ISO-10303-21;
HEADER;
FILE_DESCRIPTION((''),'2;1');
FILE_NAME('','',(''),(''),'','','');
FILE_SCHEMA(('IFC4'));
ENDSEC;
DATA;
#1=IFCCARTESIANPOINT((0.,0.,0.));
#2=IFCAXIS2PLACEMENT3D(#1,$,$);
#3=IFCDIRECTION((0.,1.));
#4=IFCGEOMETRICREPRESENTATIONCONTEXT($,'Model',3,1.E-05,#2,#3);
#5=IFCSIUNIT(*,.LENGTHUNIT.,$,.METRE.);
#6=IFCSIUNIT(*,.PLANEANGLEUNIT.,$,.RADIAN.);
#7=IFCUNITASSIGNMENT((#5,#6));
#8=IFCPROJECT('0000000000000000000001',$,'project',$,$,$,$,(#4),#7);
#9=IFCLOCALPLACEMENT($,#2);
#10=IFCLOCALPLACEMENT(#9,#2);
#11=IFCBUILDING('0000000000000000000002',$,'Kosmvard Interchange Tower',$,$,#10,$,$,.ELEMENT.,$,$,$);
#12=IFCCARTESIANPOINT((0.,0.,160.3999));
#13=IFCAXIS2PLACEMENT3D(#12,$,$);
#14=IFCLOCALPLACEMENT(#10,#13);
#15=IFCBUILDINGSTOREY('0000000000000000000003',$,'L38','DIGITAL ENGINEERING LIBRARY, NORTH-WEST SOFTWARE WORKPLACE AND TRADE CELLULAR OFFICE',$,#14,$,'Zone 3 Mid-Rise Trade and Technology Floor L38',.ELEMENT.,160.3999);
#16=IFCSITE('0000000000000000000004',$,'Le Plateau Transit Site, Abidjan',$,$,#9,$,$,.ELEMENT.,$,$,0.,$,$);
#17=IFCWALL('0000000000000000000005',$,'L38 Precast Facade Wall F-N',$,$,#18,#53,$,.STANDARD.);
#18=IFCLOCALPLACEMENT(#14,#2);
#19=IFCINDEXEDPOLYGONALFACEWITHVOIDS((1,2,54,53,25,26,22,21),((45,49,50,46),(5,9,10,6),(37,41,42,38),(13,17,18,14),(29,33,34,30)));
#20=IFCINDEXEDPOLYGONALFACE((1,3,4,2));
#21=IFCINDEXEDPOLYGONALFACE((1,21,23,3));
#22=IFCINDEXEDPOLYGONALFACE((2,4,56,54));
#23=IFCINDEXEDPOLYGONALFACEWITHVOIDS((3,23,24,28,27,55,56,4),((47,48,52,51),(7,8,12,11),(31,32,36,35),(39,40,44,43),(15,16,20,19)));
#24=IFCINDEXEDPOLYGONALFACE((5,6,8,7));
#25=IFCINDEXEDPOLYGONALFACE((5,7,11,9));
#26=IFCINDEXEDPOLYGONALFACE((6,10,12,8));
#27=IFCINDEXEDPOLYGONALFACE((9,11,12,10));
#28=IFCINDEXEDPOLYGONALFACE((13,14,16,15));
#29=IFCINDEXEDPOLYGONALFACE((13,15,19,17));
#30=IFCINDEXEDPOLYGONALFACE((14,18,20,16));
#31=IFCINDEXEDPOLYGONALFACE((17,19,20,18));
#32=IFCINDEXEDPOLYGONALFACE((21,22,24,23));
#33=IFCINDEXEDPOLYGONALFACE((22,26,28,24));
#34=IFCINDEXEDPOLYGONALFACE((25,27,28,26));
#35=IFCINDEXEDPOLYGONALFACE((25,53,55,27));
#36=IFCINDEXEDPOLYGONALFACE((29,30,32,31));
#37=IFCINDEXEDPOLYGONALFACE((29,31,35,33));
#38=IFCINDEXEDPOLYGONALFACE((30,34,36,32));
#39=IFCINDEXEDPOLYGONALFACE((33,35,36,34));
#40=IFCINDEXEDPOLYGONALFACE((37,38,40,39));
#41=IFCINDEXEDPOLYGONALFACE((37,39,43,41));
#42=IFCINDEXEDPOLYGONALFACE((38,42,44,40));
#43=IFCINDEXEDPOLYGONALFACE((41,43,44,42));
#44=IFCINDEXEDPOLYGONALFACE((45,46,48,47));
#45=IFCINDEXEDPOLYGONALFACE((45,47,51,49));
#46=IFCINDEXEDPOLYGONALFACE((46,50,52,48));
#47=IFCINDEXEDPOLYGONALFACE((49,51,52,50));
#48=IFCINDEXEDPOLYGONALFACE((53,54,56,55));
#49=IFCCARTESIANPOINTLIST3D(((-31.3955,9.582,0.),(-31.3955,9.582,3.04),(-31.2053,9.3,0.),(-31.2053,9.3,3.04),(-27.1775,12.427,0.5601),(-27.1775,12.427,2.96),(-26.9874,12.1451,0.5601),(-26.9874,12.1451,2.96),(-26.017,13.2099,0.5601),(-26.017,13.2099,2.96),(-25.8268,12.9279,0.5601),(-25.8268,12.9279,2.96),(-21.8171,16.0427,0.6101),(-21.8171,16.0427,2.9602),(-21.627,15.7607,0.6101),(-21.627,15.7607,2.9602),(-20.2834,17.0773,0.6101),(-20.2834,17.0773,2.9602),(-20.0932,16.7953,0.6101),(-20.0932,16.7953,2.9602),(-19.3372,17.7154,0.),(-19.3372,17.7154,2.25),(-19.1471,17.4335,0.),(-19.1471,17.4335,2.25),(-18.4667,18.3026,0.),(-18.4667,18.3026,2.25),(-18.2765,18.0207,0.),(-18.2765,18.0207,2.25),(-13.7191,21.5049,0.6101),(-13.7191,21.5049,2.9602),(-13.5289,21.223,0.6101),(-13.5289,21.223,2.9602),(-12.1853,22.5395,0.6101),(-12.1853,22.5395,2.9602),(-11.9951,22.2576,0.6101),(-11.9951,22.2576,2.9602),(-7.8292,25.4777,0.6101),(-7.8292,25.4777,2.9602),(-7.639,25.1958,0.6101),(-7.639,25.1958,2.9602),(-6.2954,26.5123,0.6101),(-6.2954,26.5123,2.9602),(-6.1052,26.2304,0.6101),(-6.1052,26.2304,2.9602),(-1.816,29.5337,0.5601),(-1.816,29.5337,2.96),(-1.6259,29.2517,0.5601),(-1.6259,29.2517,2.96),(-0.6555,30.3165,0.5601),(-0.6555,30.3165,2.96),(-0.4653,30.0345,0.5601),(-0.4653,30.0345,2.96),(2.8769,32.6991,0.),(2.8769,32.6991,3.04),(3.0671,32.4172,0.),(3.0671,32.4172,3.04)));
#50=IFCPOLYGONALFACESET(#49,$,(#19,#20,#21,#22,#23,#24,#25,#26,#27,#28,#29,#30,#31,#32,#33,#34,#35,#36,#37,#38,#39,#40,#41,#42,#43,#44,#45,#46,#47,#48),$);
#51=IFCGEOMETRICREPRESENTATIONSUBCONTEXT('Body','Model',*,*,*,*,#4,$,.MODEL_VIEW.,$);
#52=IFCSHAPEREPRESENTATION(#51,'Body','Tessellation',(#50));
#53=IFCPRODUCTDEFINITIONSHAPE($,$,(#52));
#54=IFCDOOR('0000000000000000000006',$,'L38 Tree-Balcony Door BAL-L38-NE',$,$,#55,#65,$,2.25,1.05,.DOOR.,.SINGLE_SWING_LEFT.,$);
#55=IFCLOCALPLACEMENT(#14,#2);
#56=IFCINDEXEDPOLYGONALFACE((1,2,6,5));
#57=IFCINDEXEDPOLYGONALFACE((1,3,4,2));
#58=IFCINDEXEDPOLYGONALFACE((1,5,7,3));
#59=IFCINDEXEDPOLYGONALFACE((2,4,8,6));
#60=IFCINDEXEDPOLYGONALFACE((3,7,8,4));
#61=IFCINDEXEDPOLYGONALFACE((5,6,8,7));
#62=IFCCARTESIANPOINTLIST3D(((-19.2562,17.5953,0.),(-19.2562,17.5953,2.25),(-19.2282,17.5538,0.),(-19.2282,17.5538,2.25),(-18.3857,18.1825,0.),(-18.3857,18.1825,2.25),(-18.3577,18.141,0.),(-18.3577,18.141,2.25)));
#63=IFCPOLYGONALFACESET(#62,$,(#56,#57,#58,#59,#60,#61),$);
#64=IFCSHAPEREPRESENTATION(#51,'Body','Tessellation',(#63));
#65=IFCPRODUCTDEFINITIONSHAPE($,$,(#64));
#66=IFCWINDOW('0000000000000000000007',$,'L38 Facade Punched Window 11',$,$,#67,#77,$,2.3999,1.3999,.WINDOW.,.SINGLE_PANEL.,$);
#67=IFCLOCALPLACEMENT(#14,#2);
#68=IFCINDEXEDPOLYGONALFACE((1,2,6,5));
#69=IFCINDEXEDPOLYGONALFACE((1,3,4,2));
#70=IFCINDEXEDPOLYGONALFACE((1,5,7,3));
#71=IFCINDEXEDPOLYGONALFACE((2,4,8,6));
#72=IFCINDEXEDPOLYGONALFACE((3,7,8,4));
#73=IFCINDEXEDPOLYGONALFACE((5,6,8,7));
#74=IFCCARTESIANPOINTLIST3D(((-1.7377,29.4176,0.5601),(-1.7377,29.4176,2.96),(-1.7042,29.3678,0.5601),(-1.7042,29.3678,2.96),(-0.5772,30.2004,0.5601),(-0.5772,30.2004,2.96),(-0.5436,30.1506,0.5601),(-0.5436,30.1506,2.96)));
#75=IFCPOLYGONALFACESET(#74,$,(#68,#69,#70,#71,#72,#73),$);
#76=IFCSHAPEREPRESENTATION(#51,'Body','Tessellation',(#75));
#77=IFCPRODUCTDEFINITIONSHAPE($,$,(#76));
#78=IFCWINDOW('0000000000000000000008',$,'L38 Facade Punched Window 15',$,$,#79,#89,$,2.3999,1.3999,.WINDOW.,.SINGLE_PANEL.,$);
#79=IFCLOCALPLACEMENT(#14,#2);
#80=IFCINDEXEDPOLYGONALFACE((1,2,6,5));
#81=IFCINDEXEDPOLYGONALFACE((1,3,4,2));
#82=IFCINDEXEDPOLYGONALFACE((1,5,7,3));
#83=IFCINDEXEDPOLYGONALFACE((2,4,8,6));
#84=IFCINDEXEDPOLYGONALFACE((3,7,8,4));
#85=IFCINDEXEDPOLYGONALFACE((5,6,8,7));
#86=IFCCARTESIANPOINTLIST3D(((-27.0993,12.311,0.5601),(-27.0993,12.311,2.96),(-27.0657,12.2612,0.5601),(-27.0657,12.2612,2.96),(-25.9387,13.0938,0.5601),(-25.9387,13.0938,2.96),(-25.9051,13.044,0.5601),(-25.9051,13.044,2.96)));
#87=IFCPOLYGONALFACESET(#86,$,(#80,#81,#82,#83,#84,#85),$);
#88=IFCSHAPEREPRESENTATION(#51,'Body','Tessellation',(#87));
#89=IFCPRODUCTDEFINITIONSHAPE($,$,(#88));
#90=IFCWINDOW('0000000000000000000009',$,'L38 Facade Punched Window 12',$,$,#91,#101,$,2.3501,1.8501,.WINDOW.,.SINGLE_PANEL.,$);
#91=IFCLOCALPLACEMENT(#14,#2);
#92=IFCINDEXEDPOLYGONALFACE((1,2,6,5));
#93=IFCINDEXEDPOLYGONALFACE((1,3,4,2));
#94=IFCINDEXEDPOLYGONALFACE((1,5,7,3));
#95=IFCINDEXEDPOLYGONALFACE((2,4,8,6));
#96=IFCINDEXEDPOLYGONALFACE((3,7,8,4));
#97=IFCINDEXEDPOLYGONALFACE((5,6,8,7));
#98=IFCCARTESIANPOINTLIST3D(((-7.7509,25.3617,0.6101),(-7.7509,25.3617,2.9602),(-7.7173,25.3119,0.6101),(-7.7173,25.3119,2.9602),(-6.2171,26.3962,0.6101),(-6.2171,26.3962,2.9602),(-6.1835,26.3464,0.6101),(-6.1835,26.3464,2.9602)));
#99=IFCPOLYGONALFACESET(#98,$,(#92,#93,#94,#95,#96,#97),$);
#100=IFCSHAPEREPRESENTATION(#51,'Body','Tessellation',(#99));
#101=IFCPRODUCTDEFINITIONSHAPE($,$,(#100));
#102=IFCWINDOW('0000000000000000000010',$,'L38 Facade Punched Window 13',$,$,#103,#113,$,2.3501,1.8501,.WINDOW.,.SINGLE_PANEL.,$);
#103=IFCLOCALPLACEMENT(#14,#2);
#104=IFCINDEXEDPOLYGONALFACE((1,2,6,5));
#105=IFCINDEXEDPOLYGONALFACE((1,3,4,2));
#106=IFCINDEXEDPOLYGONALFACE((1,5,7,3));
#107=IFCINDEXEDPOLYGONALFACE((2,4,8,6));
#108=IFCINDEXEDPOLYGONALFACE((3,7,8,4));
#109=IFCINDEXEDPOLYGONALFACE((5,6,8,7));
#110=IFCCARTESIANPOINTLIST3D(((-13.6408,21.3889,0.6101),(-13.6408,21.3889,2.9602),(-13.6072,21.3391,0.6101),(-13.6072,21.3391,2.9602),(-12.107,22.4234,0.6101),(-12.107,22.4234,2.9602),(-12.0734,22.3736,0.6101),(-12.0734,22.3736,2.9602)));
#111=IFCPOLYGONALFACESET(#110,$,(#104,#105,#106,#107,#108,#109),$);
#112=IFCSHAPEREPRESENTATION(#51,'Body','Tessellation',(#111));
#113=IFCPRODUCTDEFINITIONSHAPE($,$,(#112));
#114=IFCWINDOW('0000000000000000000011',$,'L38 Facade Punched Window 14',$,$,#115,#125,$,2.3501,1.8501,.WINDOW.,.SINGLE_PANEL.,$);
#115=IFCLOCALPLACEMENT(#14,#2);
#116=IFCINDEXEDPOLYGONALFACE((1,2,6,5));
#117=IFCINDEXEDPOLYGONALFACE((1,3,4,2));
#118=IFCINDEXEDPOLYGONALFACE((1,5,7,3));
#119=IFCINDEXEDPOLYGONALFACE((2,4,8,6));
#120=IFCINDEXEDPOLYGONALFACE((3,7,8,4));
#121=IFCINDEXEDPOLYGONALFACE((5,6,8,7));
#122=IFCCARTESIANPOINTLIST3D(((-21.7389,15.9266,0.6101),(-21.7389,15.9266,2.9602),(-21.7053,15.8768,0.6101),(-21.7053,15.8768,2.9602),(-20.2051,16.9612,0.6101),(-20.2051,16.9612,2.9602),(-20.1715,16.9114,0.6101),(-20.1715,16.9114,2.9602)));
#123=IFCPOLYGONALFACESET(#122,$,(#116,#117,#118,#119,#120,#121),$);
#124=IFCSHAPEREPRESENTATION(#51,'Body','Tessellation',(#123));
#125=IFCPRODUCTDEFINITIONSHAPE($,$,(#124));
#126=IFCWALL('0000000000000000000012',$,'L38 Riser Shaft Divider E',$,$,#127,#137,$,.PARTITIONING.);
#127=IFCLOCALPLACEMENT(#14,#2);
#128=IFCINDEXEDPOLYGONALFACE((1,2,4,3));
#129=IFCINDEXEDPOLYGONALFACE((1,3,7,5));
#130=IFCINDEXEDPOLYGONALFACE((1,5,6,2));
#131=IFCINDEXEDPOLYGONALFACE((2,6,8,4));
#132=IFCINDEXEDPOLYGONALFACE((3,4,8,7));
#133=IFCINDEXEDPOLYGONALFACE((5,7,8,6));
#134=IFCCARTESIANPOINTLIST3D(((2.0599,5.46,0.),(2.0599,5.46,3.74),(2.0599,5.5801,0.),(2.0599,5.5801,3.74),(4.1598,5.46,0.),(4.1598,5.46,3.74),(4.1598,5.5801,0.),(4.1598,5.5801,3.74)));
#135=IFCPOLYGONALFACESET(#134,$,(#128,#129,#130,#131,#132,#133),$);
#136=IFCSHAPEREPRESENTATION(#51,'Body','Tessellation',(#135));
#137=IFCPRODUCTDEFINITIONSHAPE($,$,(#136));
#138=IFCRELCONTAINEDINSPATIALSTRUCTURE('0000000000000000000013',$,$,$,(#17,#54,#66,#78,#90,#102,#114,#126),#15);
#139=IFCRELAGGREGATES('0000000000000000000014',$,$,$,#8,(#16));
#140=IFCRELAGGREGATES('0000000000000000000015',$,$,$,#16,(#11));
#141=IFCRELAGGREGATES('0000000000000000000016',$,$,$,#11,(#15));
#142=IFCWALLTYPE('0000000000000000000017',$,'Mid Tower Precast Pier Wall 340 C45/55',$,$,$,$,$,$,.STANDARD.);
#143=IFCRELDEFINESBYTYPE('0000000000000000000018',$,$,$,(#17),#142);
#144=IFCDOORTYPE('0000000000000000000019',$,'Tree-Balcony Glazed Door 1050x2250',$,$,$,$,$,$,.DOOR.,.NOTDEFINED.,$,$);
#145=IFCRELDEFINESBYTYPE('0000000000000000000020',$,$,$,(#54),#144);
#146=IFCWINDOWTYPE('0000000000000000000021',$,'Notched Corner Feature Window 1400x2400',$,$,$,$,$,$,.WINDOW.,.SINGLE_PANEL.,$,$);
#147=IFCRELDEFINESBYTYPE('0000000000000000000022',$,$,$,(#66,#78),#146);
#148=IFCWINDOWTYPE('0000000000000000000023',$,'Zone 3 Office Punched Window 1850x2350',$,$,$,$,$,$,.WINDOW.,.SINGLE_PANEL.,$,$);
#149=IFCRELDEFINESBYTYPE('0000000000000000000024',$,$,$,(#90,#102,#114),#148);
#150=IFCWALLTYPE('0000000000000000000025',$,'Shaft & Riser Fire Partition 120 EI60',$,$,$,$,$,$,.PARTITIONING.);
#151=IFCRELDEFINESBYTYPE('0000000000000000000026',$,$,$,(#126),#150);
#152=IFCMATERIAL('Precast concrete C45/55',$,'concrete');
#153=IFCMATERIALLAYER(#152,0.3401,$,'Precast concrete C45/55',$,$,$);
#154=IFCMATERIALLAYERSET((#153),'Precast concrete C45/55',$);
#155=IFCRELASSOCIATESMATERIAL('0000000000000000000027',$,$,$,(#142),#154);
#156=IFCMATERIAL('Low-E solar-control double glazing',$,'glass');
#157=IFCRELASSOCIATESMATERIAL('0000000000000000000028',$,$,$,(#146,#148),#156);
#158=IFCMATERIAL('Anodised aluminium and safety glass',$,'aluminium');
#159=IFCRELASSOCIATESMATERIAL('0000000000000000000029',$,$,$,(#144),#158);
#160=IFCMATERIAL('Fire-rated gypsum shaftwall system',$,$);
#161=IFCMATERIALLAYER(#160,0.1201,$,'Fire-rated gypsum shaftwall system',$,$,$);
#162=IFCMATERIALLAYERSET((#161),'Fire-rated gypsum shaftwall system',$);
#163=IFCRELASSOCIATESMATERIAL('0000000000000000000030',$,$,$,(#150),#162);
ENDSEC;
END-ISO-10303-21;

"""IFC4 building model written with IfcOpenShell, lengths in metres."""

from ifc_helpers import new_model, si_unit, direction, frame, frame_2d, origin, place, context, subcontext, project, spatial, rectangle, extrude, source, transform, mapped, material, layer, layer_set, type_object, element, fill, save


model = new_model("IFC4")

# Units and contexts
model_context = context("Model", 3, precision=1e-05, world=origin(), true_north=direction((0.0, 1.0)))
body_context = subcontext(model_context, "Body", "Model", "MODEL_VIEW")
ifc_project = project(units=[si_unit("LENGTHUNIT", "METRE"), si_unit("PLANEANGLEUNIT", "RADIAN")], contexts=[model_context])

# Site, building, storey
site_placement = place(None, origin())
site = spatial("IfcSite", under=ifc_project, at=site_placement, Name="Le Plateau Transit Site, Abidjan", CompositionType="ELEMENT", RefElevation=0.0)
building_placement = place(site_placement, origin())
building = spatial("IfcBuilding", under=site, at=building_placement, Name="Kosmvard Interchange Tower", CompositionType="ELEMENT")
storey_placement = place(building_placement, frame((0.0, 0.0, 160.3999)))
storey = spatial("IfcBuildingStorey", under=building, at=storey_placement, Name="L38", Description="DIGITAL ENGINEERING LIBRARY, NORTH-WEST SOFTWARE WORKPLACE AND TRADE CELLULAR OFFICE", LongName="Zone 3 Mid-Rise Trade and Technology Floor L38", CompositionType="ELEMENT", Elevation=160.3999)

# Shared definitions
ifc_material_1 = material(Name="Precast concrete C45/55", Category="concrete")
ifc_layer_1 = layer(ifc_material_1, 0.3401, Name="Precast concrete C45/55")
ifc_layer_set_1 = layer_set([ifc_layer_1], Name="Precast concrete C45/55")
wall_type_1 = type_object("IfcWallType", Name="Mid Tower Precast Pier Wall 340 C45/55", PredefinedType="STANDARD", material=ifc_layer_set_1)
ifc_material_2 = material(Name="Low-E solar-control double glazing", Category="glass")
window_type_1 = type_object("IfcWindowType", Name="Notched Corner Feature Window 1400x2400", PartitioningType="SINGLE_PANEL", PredefinedType="WINDOW", material=ifc_material_2)
shared_shape_1 = source(origin(), body_context, "Body", "SweptSolid", [
    extrude(rectangle(XDim=1.3999, YDim=2.3999, at=frame_2d((0.7, 1.2))), frame((0.0, 0.03, 0.0), z_axis=(0.0, -1.0, 0.0), x_axis=(1.0, 0.0, 0.0)), (0.0, 0.0, 1.0), 0.0601),
])

# Wall, openings, door, windows
wall_1_placement = place(storey_placement, frame((2.9719, 32.5581, 0.0), z_axis=(0.0, 0.0, 1.0), x_axis=(-0.829036, -0.559195, 0.0)))
wall_1 = element("IfcWall", 1, at=wall_1_placement, inside=storey, type_object=wall_type_1, Name="L38 Precast Facade Wall F-N", PredefinedType="STANDARD", context=body_context, shape_type="SweptSolid", body=[
    extrude(rectangle(XDim=41.3401, YDim=0.3401, at=frame_2d((20.6699, 0.0))), origin(), (0.0, 0.0, 1.0), 3.04),
])
opening_1_placement = place(wall_1_placement, frame((25.7451, 0.0, 0.0)))
opening_1 = element("IfcOpeningElement", 2, at=opening_1_placement, cuts=wall_1, PredefinedType="OPENING", context=body_context, shape_type="SweptSolid", body=[
    extrude(rectangle(XDim=1.05, YDim=2.25, at=frame_2d((0.5249, 1.125))), frame((0.0, 0.1802, 0.0), z_axis=(0.0, -1.0, 0.0), x_axis=(1.0, 0.0, 0.0)), (0.0, 0.0, 1.0), 0.3601),
])
opening_2_placement = place(wall_1_placement, frame((4.2607, 0.0, 0.5601)))
opening_2 = element("IfcOpeningElement", 3, at=opening_2_placement, cuts=wall_1, PredefinedType="OPENING", context=body_context, shape_type="SweptSolid", body=[
    extrude(rectangle(XDim=1.3999, YDim=2.3999, at=frame_2d((0.7, 1.2))), frame((0.0, 0.1802, 0.0), z_axis=(0.0, -1.0, 0.0), x_axis=(1.0, 0.0, 0.0)), (0.0, 0.0, 1.0), 0.3601),
])
opening_3_placement = place(wall_1_placement, frame((11.0637, 0.0, 0.6101)))
opening_3 = element("IfcOpeningElement", 4, at=opening_3_placement, cuts=wall_1, PredefinedType="OPENING", context=body_context, shape_type="SweptSolid", body=[
    extrude(rectangle(XDim=1.8501, YDim=2.3501, at=frame_2d((0.925, 1.175))), frame((0.0, 0.1802, 0.0), z_axis=(0.0, -1.0, 0.0), x_axis=(1.0, 0.0, 0.0)), (0.0, 0.0, 1.0), 0.3601),
])
opening_4_placement = place(wall_1_placement, frame((18.1682, 0.0, 0.6101)))
opening_4 = element("IfcOpeningElement", 5, at=opening_4_placement, cuts=wall_1, PredefinedType="OPENING", context=body_context, shape_type="SweptSolid", body=[
    extrude(rectangle(XDim=1.8501, YDim=2.3501, at=frame_2d((0.925, 1.175))), frame((0.0, 0.1802, 0.0), z_axis=(0.0, -1.0, 0.0), x_axis=(1.0, 0.0, 0.0)), (0.0, 0.0, 1.0), 0.3601),
])
opening_5_placement = place(wall_1_placement, frame((27.9363, 0.0, 0.6101)))
opening_5 = element("IfcOpeningElement", 6, at=opening_5_placement, cuts=wall_1, PredefinedType="OPENING", context=body_context, shape_type="SweptSolid", body=[
    extrude(rectangle(XDim=1.8501, YDim=2.3501, at=frame_2d((0.925, 1.175))), frame((0.0, 0.1802, 0.0), z_axis=(0.0, -1.0, 0.0), x_axis=(1.0, 0.0, 0.0)), (0.0, 0.0, 1.0), 0.3601),
])
opening_6_placement = place(wall_1_placement, frame((34.8523, 0.0, 0.5601)))
opening_6 = element("IfcOpeningElement", 7, at=opening_6_placement, cuts=wall_1, PredefinedType="OPENING", context=body_context, shape_type="SweptSolid", body=[
    extrude(rectangle(XDim=1.3999, YDim=2.3999, at=frame_2d((0.7, 1.2))), frame((0.0, 0.1802, 0.0), z_axis=(0.0, -1.0, 0.0), x_axis=(1.0, 0.0, 0.0)), (0.0, 0.0, 1.0), 0.3601),
])
ifc_material_3 = material(Name="Anodised aluminium and safety glass", Category="aluminium")
door_type = type_object("IfcDoorType", Name="Tree-Balcony Glazed Door 1050x2250", OperationType="NOTDEFINED", PredefinedType="DOOR", material=ifc_material_3)
shared_shape_2 = source(origin(), body_context, "Body", "SweptSolid", [
    extrude(rectangle(XDim=1.05, YDim=2.25, at=frame_2d((0.5249, 1.125))), frame((0.0, 0.0249, 0.0), z_axis=(0.0, -1.0, 0.0), x_axis=(1.0, 0.0, 0.0)), (0.0, 0.0, 1.0), 0.05),
])
door_placement = place(opening_1_placement, origin())
door = element("IfcDoor", 8, at=door_placement, inside=storey, type_object=door_type, Name="L38 Tree-Balcony Door BAL-L38-NE", OperationType="SINGLE_SWING_LEFT", OverallHeight=2.25, OverallWidth=1.05, PredefinedType="DOOR", context=body_context, shape_type="MappedRepresentation", body=[
    mapped(shared_shape_2, transform((0.0, 0.0, 0.0), scale=1.0)),
])
fill(opening_1, door)
window_1_placement = place(opening_2_placement, origin())
window_1 = element("IfcWindow", 9, at=window_1_placement, inside=storey, type_object=window_type_1, Name="L38 Facade Punched Window 11", OverallHeight=2.3999, OverallWidth=1.3999, PartitioningType="SINGLE_PANEL", PredefinedType="WINDOW", context=body_context, shape_type="MappedRepresentation", body=[
    mapped(shared_shape_1, transform((0.0, 0.0, 0.0), scale=1.0)),
])
fill(opening_2, window_1)
window_2_placement = place(opening_6_placement, origin())
window_2 = element("IfcWindow", 10, at=window_2_placement, inside=storey, type_object=window_type_1, Name="L38 Facade Punched Window 15", OverallHeight=2.3999, OverallWidth=1.3999, PartitioningType="SINGLE_PANEL", PredefinedType="WINDOW", context=body_context, shape_type="MappedRepresentation", body=[
    mapped(shared_shape_1, transform((0.0, 0.0, 0.0), scale=1.0)),
])
fill(opening_6, window_2)
window_type_2 = type_object("IfcWindowType", Name="Zone 3 Office Punched Window 1850x2350", PartitioningType="SINGLE_PANEL", PredefinedType="WINDOW", material=ifc_material_2)
shared_shape_3 = source(origin(), body_context, "Body", "SweptSolid", [
    extrude(rectangle(XDim=1.8501, YDim=2.3501, at=frame_2d((0.925, 1.175))), frame((0.0, 0.03, 0.0), z_axis=(0.0, -1.0, 0.0), x_axis=(1.0, 0.0, 0.0)), (0.0, 0.0, 1.0), 0.0601),
])
window_3_placement = place(opening_3_placement, origin())
window_3 = element("IfcWindow", 11, at=window_3_placement, inside=storey, type_object=window_type_2, Name="L38 Facade Punched Window 12", OverallHeight=2.3501, OverallWidth=1.8501, PartitioningType="SINGLE_PANEL", PredefinedType="WINDOW", context=body_context, shape_type="MappedRepresentation", body=[
    mapped(shared_shape_3, transform((0.0, 0.0, 0.0), scale=1.0)),
])
fill(opening_3, window_3)
window_4_placement = place(opening_4_placement, origin())
window_4 = element("IfcWindow", 12, at=window_4_placement, inside=storey, type_object=window_type_2, Name="L38 Facade Punched Window 13", OverallHeight=2.3501, OverallWidth=1.8501, PartitioningType="SINGLE_PANEL", PredefinedType="WINDOW", context=body_context, shape_type="MappedRepresentation", body=[
    mapped(shared_shape_3, transform((0.0, 0.0, 0.0), scale=1.0)),
])
fill(opening_4, window_4)
window_5_placement = place(opening_5_placement, origin())
window_5 = element("IfcWindow", 13, at=window_5_placement, inside=storey, type_object=window_type_2, Name="L38 Facade Punched Window 14", OverallHeight=2.3501, OverallWidth=1.8501, PartitioningType="SINGLE_PANEL", PredefinedType="WINDOW", context=body_context, shape_type="MappedRepresentation", body=[
    mapped(shared_shape_3, transform((0.0, 0.0, 0.0), scale=1.0)),
])
fill(opening_5, window_5)

# Wall
ifc_material_4 = material(Name="Fire-rated gypsum shaftwall system")
ifc_layer_2 = layer(ifc_material_4, 0.1201, Name="Fire-rated gypsum shaftwall system")
ifc_layer_set_2 = layer_set([ifc_layer_2], Name="Fire-rated gypsum shaftwall system")
wall_type_2 = type_object("IfcWallType", Name="Shaft & Riser Fire Partition 120 EI60", PredefinedType="PARTITIONING", material=ifc_layer_set_2)
wall_2_placement = place(storey_placement, frame((2.0601, 5.52, 0.0), z_axis=(0.0, 0.0, 1.0), x_axis=(1.0, 0.0, 0.0)))
element("IfcWall", 14, at=wall_2_placement, inside=storey, type_object=wall_type_2, Name="L38 Riser Shaft Divider E", PredefinedType="PARTITIONING", context=body_context, shape_type="SweptSolid", body=[
    extrude(rectangle(XDim=2.0999, YDim=0.1201, at=frame_2d((1.0498, 0.0))), origin(), (0.0, 0.0, 1.0), 3.74),
])

save(model, "model.ifc")
